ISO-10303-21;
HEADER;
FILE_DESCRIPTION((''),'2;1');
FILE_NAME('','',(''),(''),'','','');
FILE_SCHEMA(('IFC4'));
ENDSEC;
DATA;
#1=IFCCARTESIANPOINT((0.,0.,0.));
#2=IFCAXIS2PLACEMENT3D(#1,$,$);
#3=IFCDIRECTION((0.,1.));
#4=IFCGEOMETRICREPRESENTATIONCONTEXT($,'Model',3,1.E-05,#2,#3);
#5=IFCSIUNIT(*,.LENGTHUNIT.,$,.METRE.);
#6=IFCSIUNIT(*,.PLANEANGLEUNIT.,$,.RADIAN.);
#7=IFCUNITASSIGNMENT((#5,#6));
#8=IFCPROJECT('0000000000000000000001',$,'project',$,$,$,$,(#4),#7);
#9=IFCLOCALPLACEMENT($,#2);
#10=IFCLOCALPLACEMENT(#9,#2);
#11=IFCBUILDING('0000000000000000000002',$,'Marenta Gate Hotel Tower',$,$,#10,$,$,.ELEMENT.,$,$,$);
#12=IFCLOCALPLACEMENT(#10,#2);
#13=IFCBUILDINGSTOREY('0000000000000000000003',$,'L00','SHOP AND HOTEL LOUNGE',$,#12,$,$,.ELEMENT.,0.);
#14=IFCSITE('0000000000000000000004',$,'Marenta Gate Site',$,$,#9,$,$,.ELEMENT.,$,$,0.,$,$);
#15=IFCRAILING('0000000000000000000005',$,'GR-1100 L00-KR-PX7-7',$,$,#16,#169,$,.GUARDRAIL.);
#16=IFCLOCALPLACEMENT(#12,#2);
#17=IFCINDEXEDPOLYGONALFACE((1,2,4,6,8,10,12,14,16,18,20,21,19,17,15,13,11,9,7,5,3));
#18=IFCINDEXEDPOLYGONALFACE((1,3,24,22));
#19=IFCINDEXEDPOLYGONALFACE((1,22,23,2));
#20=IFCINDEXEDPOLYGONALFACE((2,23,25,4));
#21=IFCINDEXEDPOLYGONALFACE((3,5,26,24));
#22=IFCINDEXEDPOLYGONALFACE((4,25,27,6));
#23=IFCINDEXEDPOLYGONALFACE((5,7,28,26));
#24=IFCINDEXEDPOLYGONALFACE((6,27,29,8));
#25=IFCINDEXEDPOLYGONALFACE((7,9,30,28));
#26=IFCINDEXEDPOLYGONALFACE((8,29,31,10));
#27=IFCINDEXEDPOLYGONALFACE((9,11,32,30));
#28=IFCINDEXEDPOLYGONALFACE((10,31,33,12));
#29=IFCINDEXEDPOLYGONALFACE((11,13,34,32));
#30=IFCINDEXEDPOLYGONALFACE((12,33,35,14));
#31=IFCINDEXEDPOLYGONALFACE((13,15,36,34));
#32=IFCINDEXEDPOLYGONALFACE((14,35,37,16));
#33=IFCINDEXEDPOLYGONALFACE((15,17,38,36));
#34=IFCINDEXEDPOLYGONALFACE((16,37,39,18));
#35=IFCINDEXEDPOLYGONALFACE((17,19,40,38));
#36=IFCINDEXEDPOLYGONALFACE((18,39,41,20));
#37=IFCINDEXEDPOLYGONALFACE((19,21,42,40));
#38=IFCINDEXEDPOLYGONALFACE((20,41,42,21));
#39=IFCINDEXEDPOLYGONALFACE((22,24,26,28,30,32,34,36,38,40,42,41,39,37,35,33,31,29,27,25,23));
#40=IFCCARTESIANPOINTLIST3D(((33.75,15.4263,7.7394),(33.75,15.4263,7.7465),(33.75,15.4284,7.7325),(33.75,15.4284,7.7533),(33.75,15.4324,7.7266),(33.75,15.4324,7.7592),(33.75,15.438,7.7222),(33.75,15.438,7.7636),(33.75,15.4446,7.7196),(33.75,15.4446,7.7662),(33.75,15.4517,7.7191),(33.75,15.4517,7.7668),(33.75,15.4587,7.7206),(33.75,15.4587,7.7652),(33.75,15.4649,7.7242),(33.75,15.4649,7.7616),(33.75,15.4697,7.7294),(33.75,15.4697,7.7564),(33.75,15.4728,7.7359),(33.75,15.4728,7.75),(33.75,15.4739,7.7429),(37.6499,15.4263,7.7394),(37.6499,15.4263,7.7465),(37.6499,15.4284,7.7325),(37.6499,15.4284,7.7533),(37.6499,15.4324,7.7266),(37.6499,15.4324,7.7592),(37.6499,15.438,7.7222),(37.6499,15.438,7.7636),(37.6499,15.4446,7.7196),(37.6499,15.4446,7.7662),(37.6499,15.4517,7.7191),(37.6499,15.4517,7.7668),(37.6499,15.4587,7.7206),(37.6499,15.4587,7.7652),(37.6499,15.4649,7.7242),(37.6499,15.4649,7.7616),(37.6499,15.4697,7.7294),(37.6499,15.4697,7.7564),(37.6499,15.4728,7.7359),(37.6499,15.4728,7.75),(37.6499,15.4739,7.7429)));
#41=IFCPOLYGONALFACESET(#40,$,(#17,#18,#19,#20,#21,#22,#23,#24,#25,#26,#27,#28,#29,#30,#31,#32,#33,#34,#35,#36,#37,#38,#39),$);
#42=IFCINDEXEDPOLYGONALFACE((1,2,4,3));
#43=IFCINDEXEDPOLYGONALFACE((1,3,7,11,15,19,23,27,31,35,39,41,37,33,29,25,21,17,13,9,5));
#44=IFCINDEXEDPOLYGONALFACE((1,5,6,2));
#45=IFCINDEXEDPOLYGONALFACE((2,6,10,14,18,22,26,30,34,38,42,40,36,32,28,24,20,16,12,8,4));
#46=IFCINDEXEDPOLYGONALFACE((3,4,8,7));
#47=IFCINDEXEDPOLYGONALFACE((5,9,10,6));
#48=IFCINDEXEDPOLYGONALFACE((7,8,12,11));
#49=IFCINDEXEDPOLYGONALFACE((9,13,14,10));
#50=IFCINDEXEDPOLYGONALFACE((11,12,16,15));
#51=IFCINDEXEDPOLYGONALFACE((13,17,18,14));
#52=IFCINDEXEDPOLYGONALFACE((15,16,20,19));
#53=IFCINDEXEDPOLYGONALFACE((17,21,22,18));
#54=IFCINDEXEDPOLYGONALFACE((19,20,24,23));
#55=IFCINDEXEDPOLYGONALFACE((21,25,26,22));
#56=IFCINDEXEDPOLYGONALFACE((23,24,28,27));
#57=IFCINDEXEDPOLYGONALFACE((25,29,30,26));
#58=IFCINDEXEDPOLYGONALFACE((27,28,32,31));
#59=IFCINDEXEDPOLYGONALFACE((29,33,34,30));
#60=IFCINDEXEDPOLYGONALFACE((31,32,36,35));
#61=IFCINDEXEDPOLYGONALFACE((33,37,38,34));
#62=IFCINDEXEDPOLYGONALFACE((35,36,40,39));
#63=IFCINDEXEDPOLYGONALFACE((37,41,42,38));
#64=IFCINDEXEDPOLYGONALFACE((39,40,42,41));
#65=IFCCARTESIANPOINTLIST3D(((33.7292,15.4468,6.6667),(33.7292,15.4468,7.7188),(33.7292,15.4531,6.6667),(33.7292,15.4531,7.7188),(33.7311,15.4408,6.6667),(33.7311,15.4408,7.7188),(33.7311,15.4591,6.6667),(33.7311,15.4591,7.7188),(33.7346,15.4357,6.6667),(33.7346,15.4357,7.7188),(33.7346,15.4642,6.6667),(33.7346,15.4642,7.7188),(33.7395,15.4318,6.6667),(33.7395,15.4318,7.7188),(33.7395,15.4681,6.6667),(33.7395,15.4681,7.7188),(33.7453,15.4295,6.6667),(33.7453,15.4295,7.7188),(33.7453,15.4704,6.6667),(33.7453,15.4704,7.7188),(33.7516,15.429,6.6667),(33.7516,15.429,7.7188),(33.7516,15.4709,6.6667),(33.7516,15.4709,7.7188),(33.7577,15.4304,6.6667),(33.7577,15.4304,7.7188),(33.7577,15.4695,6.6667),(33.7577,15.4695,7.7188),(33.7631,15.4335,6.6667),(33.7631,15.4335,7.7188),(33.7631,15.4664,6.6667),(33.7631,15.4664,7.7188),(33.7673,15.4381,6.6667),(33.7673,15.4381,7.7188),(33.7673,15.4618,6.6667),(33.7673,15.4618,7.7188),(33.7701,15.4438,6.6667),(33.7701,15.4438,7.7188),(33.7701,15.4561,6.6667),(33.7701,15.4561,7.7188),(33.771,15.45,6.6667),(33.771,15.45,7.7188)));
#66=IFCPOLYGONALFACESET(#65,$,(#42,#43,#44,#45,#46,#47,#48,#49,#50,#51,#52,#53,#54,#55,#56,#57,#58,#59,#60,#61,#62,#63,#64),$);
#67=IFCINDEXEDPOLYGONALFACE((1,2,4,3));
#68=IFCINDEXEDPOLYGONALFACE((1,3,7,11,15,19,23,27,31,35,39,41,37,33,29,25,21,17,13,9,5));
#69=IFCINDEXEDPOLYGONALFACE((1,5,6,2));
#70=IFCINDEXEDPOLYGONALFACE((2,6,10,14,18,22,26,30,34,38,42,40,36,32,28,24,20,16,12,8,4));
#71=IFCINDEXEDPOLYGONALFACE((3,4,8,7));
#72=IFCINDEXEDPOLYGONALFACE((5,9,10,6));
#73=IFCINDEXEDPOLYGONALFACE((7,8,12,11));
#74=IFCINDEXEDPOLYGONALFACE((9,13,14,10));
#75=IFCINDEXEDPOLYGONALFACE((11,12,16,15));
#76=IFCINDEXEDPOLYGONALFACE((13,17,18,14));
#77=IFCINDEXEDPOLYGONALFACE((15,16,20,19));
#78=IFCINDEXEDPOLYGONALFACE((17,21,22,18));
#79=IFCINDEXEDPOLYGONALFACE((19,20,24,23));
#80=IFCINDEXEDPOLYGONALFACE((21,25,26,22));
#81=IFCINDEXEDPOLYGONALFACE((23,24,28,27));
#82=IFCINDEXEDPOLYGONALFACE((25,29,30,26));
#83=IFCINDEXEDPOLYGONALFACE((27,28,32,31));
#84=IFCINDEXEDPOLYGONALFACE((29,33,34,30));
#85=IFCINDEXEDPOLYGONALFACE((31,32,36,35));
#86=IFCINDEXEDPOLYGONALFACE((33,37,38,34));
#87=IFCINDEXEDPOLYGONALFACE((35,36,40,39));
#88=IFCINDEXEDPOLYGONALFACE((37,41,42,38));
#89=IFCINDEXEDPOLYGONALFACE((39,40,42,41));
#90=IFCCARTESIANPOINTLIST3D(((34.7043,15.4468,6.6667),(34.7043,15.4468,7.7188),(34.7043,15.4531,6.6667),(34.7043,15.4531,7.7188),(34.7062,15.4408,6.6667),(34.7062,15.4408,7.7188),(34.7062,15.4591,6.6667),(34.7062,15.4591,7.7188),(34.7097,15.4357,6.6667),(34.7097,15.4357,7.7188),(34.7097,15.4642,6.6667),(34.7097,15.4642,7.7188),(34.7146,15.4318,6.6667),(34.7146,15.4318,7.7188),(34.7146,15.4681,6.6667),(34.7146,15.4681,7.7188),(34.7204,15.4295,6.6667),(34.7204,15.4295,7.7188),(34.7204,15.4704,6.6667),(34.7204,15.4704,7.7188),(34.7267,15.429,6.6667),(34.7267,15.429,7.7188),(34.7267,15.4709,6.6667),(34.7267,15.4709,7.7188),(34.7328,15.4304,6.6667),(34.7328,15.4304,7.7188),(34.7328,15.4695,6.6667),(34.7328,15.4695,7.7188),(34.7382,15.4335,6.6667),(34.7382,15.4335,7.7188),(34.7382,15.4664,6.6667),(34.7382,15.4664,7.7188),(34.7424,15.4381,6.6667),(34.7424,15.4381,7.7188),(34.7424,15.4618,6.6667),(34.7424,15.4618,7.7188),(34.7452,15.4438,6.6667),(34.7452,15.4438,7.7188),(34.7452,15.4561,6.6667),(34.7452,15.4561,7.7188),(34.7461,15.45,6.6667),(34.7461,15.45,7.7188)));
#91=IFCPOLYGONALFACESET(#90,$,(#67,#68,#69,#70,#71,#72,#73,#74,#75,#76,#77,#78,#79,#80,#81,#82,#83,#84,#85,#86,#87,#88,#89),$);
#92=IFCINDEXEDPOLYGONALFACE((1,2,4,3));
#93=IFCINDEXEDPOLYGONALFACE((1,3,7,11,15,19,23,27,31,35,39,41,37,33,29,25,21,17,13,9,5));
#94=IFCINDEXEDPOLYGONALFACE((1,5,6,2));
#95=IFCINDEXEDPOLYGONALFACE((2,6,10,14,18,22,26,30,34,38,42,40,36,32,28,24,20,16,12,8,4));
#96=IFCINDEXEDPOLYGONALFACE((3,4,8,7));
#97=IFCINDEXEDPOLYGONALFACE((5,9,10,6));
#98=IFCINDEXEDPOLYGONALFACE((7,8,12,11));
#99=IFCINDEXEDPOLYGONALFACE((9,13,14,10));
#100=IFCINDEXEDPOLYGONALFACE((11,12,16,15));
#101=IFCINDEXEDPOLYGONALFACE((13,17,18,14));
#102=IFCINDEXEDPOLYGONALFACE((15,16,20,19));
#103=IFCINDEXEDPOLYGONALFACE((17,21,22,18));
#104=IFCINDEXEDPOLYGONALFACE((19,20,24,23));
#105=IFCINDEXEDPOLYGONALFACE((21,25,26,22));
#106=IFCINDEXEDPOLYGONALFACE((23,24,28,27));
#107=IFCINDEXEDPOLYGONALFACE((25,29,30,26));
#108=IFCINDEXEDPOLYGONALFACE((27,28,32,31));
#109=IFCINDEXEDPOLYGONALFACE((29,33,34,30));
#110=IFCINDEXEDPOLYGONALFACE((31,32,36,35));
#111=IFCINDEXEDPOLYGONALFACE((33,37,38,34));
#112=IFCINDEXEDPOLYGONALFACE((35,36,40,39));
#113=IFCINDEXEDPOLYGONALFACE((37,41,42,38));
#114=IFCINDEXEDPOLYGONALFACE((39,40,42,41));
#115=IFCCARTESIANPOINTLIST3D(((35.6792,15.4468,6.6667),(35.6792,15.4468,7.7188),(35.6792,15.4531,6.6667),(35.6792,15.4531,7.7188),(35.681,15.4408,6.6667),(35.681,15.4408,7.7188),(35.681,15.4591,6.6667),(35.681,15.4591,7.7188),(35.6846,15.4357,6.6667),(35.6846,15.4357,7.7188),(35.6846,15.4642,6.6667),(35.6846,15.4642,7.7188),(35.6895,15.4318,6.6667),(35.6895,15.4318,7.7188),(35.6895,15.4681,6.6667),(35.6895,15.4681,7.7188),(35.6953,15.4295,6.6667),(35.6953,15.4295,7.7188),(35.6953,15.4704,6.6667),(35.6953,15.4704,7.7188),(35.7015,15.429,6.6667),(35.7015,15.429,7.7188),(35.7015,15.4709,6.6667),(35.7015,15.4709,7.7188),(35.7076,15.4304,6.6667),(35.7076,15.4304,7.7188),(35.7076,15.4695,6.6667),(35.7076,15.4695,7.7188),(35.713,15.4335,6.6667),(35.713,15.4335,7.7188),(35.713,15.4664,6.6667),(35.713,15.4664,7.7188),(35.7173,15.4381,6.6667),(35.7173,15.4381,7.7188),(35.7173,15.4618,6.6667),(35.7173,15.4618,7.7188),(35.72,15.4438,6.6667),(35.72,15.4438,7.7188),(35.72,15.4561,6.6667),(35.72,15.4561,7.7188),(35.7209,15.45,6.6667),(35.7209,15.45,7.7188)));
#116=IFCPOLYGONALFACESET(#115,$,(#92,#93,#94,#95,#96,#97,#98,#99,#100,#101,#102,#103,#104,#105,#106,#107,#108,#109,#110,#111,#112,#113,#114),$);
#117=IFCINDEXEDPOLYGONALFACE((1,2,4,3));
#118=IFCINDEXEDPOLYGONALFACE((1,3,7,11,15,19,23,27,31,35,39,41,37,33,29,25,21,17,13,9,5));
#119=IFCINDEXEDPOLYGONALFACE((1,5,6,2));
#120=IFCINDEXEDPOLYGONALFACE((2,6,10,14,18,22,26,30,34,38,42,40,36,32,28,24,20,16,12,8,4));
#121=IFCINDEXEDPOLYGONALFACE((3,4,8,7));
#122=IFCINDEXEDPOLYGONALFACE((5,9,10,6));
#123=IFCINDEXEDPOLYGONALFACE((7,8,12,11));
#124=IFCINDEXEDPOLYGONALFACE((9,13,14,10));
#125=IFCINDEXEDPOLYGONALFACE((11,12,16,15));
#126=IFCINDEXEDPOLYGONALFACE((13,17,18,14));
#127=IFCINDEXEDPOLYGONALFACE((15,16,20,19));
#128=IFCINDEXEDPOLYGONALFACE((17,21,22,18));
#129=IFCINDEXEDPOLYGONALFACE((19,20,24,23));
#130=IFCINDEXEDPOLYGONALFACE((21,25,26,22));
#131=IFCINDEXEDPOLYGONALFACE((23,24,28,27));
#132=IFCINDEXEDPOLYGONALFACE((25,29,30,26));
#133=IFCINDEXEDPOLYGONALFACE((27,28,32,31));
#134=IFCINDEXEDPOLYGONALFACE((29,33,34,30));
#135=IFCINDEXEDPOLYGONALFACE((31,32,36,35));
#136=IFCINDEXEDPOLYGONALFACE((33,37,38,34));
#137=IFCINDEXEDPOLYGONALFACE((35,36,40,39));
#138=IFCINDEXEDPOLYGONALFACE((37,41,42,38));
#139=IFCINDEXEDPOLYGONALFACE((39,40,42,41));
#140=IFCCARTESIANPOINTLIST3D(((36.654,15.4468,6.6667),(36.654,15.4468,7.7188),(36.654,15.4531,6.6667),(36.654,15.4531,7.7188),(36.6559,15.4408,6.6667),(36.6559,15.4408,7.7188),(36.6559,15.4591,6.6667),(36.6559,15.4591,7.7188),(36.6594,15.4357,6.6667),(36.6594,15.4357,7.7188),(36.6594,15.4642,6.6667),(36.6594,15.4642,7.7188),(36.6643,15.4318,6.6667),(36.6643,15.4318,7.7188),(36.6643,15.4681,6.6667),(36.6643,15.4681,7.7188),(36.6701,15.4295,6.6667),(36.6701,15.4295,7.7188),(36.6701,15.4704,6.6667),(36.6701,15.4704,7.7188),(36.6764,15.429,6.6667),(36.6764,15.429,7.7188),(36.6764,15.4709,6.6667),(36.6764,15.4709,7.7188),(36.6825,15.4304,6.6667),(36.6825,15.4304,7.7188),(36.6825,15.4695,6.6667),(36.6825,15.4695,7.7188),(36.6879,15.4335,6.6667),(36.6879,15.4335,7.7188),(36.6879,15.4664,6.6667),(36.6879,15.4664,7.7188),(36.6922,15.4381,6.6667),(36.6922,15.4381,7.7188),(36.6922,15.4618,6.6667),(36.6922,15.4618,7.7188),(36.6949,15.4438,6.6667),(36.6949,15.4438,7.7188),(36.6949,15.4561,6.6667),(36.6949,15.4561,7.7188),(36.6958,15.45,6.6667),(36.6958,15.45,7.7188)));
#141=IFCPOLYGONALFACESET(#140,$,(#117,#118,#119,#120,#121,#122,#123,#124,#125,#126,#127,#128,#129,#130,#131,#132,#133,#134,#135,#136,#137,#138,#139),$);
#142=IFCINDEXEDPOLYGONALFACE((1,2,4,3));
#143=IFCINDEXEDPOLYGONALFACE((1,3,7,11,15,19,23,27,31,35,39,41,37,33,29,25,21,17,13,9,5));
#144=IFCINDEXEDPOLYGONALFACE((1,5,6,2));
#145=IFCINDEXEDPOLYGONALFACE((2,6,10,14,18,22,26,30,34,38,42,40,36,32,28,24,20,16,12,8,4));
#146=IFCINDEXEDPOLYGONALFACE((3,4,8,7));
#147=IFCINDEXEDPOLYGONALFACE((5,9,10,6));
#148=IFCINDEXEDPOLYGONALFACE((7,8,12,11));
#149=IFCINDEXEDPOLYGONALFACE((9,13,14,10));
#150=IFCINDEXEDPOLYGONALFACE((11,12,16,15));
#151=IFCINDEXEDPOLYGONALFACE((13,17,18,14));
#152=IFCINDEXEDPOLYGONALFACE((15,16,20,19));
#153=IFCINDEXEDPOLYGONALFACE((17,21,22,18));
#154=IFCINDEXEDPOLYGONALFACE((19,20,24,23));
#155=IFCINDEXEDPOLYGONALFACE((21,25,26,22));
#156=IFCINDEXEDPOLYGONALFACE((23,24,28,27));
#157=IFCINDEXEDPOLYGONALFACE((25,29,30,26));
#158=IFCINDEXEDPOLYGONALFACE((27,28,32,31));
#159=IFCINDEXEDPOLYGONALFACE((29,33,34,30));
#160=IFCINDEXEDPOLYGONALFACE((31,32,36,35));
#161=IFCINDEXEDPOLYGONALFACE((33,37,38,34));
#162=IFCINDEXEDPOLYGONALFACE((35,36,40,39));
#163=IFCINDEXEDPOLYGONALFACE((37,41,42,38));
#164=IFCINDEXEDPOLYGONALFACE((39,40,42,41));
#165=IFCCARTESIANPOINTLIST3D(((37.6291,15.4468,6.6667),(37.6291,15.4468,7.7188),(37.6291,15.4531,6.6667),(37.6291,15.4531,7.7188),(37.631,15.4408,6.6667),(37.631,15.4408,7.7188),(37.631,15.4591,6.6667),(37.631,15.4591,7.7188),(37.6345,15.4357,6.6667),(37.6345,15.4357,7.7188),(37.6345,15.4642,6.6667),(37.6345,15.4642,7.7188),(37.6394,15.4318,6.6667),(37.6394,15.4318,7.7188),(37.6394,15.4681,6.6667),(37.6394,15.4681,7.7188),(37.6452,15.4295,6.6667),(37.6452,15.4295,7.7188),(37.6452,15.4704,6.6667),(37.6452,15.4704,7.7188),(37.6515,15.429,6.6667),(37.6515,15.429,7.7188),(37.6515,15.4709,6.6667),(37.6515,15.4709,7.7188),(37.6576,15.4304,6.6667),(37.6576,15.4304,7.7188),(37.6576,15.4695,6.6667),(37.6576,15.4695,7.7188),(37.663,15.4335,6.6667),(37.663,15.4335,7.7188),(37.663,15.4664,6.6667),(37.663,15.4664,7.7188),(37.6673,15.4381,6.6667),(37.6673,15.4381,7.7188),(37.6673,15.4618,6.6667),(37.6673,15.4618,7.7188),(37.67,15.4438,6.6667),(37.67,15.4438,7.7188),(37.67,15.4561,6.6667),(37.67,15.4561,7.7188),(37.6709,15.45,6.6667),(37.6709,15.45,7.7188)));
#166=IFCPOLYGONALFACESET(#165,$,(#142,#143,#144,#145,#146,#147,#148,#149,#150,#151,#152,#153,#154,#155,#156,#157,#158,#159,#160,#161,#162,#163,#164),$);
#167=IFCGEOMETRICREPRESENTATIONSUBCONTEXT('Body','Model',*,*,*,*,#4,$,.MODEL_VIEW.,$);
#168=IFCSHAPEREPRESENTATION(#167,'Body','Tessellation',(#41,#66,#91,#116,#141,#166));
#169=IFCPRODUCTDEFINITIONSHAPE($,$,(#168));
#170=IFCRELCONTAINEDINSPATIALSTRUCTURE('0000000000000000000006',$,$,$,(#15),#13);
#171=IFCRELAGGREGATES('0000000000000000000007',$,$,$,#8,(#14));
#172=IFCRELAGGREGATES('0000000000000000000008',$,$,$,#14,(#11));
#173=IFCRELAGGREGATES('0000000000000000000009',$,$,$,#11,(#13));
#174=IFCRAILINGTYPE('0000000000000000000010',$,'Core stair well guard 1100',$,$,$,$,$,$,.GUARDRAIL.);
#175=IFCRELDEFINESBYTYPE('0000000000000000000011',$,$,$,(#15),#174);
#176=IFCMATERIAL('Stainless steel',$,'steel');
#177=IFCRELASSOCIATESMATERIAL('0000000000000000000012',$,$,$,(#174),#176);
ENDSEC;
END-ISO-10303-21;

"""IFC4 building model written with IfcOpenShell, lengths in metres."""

from ifc_helpers import new_model, si_unit, direction, frame, origin, origin_2d, place, context, subcontext, project, spatial, circle, extrude, material, type_object, element, save


model = new_model("IFC4")

# Units and contexts
model_context = context("Model", 3, precision=1e-05, world=origin(), true_north=direction((0.0, 1.0)))
body_context = subcontext(model_context, "Body", "Model", "MODEL_VIEW")
ifc_project = project(units=[si_unit("LENGTHUNIT", "METRE"), si_unit("PLANEANGLEUNIT", "RADIAN")], contexts=[model_context])

# Site, building, storey
site_placement = place(None, origin())
site = spatial("IfcSite", under=ifc_project, at=site_placement, Name="Marenta Gate Site", CompositionType="ELEMENT", RefElevation=0.0)
building_placement = place(site_placement, origin())
building = spatial("IfcBuilding", under=site, at=building_placement, Name="Marenta Gate Hotel Tower", CompositionType="ELEMENT")
storey_placement = place(building_placement, origin())
storey = spatial("IfcBuildingStorey", under=building, at=storey_placement, Name="L00", Description="SHOP AND HOTEL LOUNGE", CompositionType="ELEMENT", Elevation=0.0)

# Railing
ifc_material_1 = material(Name="Stainless steel", Category="steel")
railing_type_1 = type_object("IfcRailingType", Name="Core stair well guard 1100", PredefinedType="GUARDRAIL", material=ifc_material_1)
railing_1_placement = place(storey_placement, frame((33.75, 15.45, 6.6667)))
element("IfcRailing", 1, at=railing_1_placement, inside=storey, type_object=railing_type_1, Name="GR-1100 L00-KR-PX7-7", PredefinedType="GUARDRAIL", context=body_context, shape_type="SweptSolid", body=[
    extrude(circle(Radius=0.0239, at=origin_2d()), frame((0.0, 0.0, 1.0762), z_axis=(1.0, 0.0, 0.0), x_axis=(0.0, 1.0, 0.0)), (0.0, 0.0, 1.0), 3.8999),
    extrude(circle(Radius=0.021, at=origin_2d()), origin(), (0.0, 0.0, 1.0), 1.052),
    extrude(circle(Radius=0.021, at=origin_2d()), frame((0.9751, 0.0, 0.0)), (0.0, 0.0, 1.0), 1.052),
    extrude(circle(Radius=0.021, at=origin_2d()), frame((1.95, 0.0, 0.0)), (0.0, 0.0, 1.0), 1.052),
    extrude(circle(Radius=0.021, at=origin_2d()), frame((2.9248, 0.0, 0.0)), (0.0, 0.0, 1.0), 1.052),
    extrude(circle(Radius=0.021, at=origin_2d()), frame((3.8999, 0.0, 0.0)), (0.0, 0.0, 1.0), 1.052),
])

save(model, "model.ifc")
